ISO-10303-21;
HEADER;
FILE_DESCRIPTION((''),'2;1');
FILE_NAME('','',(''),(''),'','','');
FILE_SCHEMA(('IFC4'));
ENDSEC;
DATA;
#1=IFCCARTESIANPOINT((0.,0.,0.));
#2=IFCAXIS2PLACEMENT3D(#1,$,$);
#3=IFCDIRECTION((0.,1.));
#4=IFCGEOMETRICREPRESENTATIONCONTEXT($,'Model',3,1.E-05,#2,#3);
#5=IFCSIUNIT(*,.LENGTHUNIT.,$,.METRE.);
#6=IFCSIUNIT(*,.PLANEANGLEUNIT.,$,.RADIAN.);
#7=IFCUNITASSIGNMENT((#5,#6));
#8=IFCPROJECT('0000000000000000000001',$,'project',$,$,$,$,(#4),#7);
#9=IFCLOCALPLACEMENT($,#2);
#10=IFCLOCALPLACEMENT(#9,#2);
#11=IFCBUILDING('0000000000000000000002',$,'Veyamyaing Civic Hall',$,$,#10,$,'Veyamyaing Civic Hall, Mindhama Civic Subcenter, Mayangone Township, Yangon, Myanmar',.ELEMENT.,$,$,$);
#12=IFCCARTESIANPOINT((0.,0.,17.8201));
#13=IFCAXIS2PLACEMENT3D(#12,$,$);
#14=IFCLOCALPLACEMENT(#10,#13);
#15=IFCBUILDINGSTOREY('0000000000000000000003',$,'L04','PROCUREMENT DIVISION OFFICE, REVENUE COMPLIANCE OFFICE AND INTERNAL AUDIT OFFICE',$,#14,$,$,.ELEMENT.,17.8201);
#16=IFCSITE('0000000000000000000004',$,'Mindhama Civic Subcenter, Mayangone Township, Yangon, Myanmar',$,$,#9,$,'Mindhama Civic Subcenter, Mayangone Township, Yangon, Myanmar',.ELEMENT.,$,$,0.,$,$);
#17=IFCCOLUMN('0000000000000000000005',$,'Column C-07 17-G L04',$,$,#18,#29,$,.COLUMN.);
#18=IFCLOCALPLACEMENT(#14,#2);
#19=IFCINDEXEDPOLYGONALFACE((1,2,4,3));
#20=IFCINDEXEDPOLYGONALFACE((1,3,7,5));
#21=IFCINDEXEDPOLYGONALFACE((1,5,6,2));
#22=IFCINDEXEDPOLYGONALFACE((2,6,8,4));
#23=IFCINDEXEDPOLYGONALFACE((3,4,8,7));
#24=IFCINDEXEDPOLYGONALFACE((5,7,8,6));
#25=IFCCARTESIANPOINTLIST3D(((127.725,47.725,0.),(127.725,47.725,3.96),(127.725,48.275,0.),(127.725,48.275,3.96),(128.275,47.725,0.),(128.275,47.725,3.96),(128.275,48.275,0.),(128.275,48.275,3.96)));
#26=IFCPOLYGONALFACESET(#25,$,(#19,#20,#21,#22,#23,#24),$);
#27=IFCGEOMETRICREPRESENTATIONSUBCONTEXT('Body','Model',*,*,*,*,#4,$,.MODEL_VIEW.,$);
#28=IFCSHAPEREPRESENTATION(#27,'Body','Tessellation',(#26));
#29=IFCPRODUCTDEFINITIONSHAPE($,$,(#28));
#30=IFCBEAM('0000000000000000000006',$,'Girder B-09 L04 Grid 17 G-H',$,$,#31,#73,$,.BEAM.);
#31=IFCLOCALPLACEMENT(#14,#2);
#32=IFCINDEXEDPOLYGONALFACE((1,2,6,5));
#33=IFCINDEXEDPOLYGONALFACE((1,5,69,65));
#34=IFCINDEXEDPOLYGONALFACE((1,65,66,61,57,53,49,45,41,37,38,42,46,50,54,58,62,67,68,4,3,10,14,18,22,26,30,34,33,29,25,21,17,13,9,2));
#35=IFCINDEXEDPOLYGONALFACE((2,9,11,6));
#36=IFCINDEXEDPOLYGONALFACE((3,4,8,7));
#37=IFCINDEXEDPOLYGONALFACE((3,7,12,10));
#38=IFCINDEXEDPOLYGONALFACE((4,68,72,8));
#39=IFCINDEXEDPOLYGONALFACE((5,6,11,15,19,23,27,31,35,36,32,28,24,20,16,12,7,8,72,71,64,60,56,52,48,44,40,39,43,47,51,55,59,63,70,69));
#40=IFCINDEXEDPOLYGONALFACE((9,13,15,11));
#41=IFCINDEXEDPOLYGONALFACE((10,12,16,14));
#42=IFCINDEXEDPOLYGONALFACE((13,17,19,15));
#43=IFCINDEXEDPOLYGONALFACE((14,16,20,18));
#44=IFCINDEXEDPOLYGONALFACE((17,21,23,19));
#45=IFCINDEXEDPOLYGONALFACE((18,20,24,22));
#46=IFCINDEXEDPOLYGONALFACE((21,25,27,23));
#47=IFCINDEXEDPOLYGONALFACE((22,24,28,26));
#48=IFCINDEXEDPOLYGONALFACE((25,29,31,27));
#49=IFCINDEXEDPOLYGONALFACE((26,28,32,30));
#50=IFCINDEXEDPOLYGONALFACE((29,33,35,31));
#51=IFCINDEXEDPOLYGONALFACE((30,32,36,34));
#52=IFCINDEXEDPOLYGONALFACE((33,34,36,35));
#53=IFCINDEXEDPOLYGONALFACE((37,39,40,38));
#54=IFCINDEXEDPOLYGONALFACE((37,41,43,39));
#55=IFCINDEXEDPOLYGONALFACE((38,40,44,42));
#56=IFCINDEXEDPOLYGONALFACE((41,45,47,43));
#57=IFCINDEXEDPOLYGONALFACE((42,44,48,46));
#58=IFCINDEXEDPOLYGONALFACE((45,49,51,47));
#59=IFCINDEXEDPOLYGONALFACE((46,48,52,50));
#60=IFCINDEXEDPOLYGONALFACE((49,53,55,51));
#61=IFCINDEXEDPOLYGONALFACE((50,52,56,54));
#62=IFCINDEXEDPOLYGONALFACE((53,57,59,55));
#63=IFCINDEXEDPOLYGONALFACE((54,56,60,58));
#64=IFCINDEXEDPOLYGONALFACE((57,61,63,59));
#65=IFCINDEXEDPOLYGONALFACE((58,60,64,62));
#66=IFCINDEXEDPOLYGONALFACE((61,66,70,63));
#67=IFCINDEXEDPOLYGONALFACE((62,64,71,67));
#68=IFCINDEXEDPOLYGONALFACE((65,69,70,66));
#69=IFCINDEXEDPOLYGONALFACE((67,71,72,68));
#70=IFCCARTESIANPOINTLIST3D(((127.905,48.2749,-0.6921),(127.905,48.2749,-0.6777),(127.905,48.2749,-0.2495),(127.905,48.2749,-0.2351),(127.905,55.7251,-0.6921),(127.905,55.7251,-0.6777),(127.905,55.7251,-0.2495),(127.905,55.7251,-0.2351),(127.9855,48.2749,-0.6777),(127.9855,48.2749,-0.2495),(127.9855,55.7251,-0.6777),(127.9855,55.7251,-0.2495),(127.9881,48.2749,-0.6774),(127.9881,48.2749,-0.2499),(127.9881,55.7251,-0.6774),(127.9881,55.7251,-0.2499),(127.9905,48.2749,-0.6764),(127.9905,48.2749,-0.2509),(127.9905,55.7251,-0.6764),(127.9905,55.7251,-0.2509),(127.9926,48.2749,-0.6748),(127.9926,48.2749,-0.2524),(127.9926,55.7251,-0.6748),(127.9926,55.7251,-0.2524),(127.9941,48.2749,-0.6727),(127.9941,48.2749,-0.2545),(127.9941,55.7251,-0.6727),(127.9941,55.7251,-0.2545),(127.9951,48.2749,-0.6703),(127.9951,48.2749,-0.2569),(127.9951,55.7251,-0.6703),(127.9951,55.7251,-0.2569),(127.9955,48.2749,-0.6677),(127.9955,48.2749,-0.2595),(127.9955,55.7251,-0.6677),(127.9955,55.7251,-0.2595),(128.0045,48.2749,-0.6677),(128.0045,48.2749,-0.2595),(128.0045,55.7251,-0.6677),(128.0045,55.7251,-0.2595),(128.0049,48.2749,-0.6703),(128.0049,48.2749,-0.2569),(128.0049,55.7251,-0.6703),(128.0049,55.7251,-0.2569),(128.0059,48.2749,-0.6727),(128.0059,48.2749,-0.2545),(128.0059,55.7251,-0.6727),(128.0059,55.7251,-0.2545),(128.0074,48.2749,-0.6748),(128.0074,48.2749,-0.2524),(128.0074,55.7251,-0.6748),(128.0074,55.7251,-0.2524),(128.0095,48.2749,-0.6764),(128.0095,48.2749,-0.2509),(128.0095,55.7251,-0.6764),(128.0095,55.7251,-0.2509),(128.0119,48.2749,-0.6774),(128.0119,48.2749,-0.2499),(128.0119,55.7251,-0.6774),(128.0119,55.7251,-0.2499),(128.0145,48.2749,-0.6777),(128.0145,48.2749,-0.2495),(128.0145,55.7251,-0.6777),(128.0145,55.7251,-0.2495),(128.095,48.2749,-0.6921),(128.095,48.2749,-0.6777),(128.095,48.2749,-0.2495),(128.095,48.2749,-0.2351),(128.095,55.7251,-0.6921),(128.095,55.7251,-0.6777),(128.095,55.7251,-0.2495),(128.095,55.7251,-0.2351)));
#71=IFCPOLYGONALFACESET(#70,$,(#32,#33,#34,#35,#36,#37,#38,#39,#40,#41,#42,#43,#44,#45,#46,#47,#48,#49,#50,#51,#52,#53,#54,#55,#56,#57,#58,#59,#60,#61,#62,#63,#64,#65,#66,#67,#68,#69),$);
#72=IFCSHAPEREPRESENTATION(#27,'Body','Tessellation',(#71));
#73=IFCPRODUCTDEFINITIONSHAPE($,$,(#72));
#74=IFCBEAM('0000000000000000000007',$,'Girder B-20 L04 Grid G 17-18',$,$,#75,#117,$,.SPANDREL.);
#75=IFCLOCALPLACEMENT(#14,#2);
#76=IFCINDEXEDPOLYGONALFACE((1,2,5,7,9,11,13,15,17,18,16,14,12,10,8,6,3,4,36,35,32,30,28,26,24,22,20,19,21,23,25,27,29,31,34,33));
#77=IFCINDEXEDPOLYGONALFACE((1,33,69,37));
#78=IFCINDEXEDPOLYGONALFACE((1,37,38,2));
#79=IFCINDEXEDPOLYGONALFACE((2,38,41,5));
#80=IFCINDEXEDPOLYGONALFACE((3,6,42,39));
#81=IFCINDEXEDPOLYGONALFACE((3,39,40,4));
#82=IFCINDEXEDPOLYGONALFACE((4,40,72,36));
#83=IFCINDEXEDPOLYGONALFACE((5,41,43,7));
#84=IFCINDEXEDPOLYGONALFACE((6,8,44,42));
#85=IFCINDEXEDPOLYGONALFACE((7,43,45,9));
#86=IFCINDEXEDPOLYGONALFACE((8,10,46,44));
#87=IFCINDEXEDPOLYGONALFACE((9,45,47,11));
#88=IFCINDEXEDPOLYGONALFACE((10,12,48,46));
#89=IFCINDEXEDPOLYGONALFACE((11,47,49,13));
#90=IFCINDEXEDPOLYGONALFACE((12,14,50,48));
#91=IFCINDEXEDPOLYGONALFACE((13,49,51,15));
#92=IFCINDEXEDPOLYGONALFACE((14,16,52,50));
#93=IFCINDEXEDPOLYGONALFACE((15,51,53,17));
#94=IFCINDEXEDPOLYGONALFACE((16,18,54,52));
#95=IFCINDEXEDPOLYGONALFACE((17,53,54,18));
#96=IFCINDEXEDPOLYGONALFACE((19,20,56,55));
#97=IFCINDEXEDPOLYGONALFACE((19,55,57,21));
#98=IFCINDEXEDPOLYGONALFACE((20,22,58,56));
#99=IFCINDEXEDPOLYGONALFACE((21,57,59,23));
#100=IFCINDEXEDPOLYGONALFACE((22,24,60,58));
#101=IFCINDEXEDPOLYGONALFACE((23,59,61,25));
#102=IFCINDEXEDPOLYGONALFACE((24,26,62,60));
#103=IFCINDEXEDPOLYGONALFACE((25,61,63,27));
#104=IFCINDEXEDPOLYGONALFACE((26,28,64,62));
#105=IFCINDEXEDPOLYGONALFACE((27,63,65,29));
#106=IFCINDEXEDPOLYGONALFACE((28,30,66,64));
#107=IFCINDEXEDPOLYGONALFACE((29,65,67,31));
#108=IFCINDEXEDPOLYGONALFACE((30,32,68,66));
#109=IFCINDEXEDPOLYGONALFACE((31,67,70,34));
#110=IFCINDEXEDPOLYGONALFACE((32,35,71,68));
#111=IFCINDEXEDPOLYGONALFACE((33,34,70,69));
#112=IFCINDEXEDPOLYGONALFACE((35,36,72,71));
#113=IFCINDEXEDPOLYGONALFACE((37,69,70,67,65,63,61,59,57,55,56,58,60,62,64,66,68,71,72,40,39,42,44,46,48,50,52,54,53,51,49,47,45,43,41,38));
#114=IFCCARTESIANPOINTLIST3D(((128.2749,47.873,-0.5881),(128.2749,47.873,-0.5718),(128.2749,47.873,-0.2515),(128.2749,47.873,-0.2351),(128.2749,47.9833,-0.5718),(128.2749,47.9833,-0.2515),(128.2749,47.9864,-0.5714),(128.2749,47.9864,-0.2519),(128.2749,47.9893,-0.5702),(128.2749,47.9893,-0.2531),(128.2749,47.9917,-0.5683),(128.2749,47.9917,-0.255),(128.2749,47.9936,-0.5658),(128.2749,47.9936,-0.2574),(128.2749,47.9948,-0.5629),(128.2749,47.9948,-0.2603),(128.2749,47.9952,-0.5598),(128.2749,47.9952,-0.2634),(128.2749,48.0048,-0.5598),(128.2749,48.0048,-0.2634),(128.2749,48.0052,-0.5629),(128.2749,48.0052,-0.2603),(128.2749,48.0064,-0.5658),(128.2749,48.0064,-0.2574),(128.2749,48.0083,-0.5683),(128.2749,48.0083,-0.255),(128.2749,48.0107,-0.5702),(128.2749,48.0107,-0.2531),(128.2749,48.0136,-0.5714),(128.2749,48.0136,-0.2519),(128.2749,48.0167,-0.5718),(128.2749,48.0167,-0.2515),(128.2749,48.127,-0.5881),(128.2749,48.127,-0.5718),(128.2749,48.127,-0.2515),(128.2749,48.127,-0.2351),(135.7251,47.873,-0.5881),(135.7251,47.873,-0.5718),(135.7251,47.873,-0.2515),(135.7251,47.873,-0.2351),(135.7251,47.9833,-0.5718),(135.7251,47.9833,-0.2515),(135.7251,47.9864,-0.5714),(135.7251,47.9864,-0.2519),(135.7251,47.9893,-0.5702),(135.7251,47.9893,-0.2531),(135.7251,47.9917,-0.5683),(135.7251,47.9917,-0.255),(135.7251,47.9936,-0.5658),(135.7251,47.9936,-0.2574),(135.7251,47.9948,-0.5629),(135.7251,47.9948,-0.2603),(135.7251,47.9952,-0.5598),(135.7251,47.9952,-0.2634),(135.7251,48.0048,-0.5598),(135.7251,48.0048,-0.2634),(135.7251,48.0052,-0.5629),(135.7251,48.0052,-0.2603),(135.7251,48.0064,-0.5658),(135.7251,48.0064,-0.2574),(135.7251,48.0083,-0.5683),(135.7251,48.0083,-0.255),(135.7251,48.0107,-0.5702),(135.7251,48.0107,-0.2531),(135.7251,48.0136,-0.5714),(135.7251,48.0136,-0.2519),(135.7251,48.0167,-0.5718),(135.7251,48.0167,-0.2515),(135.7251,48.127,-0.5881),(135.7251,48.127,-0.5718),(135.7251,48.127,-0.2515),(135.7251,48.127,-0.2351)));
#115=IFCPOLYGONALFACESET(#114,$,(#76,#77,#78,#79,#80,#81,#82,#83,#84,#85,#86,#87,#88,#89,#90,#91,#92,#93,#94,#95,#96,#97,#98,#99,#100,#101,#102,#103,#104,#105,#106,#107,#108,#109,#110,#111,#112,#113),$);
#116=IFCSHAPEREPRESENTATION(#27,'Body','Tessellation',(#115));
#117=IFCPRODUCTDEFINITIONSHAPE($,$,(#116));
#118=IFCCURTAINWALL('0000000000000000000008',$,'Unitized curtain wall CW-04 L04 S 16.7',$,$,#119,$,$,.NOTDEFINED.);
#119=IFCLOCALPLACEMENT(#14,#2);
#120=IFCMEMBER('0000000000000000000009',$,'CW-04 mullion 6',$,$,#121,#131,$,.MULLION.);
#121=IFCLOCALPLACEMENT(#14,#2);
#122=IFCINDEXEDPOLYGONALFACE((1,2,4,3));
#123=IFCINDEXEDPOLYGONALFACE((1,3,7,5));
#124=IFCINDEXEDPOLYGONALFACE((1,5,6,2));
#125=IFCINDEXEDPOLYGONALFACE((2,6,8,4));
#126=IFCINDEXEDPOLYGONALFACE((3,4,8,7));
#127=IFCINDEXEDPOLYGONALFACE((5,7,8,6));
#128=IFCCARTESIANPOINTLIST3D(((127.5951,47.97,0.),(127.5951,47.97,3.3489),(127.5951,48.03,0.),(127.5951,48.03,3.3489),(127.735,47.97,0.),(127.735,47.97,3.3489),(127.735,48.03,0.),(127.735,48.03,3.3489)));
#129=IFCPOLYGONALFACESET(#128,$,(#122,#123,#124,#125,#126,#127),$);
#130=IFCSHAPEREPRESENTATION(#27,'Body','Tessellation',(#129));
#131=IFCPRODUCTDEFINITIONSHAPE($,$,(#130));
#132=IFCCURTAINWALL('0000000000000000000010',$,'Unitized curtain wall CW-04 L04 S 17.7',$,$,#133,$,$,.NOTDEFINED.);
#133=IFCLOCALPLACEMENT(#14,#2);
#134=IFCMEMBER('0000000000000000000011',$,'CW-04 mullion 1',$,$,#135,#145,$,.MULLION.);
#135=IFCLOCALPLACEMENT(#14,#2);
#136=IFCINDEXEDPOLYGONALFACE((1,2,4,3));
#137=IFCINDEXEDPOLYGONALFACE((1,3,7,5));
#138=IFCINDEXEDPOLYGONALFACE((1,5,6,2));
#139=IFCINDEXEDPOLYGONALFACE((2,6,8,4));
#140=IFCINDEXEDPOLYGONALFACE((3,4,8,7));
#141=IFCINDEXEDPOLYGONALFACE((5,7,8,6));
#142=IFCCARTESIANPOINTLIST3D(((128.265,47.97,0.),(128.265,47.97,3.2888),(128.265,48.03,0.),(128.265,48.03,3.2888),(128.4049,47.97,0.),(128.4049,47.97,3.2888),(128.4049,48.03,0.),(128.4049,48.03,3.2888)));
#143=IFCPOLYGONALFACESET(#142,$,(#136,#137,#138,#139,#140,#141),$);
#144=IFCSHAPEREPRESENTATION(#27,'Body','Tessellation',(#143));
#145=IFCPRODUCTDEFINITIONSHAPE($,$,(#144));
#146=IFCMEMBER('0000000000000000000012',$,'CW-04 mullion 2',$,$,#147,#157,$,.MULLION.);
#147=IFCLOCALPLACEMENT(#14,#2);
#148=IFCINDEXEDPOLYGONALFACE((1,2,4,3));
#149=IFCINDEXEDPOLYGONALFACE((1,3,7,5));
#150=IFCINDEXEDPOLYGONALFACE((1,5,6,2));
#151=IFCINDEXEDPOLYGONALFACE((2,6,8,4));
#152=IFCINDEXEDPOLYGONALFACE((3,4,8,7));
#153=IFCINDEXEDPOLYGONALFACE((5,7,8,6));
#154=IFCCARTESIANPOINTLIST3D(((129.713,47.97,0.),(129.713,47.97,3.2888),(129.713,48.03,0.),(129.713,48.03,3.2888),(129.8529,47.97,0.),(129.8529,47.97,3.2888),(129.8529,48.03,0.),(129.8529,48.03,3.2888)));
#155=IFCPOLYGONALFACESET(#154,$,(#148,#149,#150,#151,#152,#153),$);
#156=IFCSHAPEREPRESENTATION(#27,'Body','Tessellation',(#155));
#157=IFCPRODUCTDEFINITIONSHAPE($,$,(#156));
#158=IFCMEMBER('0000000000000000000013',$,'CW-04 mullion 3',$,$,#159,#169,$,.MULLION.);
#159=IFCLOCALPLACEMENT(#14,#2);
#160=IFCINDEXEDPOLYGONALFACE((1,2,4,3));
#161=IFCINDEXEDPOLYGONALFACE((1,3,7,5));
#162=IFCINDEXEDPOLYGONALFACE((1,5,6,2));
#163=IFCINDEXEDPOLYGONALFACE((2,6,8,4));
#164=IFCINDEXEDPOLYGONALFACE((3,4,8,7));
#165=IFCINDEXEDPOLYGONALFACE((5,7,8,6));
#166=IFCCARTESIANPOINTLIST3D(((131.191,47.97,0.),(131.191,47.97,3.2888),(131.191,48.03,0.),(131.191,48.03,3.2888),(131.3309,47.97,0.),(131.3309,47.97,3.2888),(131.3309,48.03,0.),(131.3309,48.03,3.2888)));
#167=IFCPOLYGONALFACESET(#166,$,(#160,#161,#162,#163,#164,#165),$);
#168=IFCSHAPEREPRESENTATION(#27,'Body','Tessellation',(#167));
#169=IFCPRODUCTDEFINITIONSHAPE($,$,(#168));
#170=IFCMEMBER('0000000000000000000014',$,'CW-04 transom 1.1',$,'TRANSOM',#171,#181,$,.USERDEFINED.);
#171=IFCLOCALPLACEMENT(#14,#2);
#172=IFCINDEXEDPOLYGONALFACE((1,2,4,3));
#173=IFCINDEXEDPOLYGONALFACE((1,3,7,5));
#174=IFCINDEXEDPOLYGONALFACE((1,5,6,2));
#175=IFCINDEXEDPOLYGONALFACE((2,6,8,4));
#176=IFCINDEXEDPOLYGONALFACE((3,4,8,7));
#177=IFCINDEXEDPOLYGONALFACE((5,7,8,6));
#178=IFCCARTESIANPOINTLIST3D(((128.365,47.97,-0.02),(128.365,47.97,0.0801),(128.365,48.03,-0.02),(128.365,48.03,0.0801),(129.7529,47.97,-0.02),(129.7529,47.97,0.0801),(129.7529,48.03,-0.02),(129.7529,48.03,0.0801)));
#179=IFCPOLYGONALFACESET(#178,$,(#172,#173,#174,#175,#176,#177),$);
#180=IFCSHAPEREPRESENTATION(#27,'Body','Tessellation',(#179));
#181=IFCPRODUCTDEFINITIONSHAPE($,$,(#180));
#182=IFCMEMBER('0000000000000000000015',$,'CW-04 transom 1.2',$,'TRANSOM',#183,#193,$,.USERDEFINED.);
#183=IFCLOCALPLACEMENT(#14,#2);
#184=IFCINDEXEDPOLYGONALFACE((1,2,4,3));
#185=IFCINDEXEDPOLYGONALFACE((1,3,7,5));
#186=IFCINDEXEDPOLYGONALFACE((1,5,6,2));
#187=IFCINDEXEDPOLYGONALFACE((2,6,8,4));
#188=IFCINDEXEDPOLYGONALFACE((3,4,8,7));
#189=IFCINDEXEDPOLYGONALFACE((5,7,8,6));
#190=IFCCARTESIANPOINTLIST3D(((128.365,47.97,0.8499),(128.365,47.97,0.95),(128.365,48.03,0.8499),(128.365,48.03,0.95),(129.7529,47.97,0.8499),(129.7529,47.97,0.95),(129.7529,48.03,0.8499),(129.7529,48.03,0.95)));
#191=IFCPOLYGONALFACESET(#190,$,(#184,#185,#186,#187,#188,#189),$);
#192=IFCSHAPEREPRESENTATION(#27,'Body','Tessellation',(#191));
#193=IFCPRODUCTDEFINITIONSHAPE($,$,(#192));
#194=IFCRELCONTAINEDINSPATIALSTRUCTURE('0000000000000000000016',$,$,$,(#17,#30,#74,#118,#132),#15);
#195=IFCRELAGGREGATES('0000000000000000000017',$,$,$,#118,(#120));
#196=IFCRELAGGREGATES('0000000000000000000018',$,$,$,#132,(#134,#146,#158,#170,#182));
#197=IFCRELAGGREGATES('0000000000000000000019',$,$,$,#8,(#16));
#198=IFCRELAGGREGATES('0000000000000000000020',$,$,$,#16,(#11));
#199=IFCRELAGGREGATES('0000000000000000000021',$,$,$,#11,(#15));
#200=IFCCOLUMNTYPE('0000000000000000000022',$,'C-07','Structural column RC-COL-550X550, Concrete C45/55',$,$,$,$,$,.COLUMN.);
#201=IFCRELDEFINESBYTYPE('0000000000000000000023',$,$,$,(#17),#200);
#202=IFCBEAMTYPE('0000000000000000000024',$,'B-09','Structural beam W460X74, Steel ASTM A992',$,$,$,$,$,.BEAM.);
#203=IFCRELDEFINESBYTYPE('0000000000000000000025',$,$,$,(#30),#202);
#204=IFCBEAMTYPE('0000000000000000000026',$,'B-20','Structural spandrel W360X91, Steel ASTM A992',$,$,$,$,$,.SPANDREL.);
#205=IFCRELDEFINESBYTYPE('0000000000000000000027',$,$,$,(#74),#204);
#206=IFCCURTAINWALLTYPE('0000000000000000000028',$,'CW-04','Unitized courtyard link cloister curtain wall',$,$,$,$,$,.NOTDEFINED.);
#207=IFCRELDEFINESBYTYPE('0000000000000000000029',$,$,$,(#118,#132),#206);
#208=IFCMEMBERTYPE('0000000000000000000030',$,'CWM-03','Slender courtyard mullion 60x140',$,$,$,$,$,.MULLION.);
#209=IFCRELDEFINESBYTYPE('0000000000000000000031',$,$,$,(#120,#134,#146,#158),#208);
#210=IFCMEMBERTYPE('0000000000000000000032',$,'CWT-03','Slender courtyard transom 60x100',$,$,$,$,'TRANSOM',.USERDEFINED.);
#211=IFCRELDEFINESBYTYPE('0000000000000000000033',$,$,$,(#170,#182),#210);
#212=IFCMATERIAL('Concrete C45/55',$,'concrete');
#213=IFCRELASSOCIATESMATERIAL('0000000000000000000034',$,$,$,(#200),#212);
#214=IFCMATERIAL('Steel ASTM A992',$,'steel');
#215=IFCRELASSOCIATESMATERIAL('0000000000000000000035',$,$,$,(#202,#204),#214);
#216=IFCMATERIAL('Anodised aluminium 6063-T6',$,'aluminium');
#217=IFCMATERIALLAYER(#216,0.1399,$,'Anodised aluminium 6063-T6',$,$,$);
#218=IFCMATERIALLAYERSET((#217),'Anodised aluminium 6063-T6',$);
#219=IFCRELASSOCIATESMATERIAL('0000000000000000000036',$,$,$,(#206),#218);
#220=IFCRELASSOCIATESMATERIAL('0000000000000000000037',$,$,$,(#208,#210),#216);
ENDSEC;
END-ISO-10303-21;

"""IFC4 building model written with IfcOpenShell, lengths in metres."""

from ifc_helpers import new_model, si_unit, direction, frame, origin, origin_2d, place, context, subcontext, project, spatial, rectangle, i_section, extrude, material, layer, layer_set, material_profile, profile_set, type_object, element, aggregate, save


model = new_model("IFC4")

# Units and contexts
model_context = context("Model", 3, precision=1e-05, world=origin(), true_north=direction((0.0, 1.0)))
body_context = subcontext(model_context, "Body", "Model", "MODEL_VIEW")
ifc_project = project(units=[si_unit("LENGTHUNIT", "METRE"), si_unit("PLANEANGLEUNIT", "RADIAN")], contexts=[model_context])

# Site, building, storey
site_placement = place(None, origin())
site = spatial("IfcSite", under=ifc_project, at=site_placement, Name="Mindhama Civic Subcenter, Mayangone Township, Yangon, Myanmar", LongName="Mindhama Civic Subcenter, Mayangone Township, Yangon, Myanmar", CompositionType="ELEMENT", RefElevation=0.0)
building_placement = place(site_placement, origin())
building = spatial("IfcBuilding", under=site, at=building_placement, Name="Veyamyaing Civic Hall", LongName="Veyamyaing Civic Hall, Mindhama Civic Subcenter, Mayangone Township, Yangon, Myanmar", CompositionType="ELEMENT")
storey_placement = place(building_placement, frame((0.0, 0.0, 17.8201)))
storey = spatial("IfcBuildingStorey", under=building, at=storey_placement, Name="L04", Description="PROCUREMENT DIVISION OFFICE, REVENUE COMPLIANCE OFFICE AND INTERNAL AUDIT OFFICE", CompositionType="ELEMENT", Elevation=17.8201)

# Column
ifc_material_1 = material(Name="Concrete C45/55", Category="concrete")
ifc_material_profile_1 = material_profile(ifc_material_1, rectangle(XDim=0.55, YDim=0.55, at=origin_2d()), Name="RC-COL-550X550")
ifc_profile_set_1 = profile_set([ifc_material_profile_1], Name="Concrete C45/55")
column_type = type_object("IfcColumnType", Name="C-07", Description="Structural column RC-COL-550X550, Concrete C45/55", PredefinedType="COLUMN", material=ifc_profile_set_1)
column_placement = place(storey_placement, frame((128.0, 48.0, 0.0), z_axis=(0.0, 0.0, 1.0), x_axis=(1.0, 0.0, 0.0)))
element("IfcColumn", 1, at=column_placement, inside=storey, type_object=column_type, Name="Column C-07 17-G L04", PredefinedType="COLUMN", context=body_context, shape_type="SweptSolid", body=[
    extrude(rectangle(XDim=0.55, YDim=0.55, at=origin_2d()), origin(), (0.0, 0.0, 1.0), 3.96),
])

# Beams
ifc_material_2 = material(Name="Steel ASTM A992", Category="steel")
ifc_material_profile_2 = material_profile(ifc_material_2, i_section(OverallWidth=0.1899, OverallDepth=0.457, WebThickness=0.009, FlangeThickness=0.0144, FilletRadius=0.01, at=origin_2d()), Name="W460X74")
ifc_profile_set_2 = profile_set([ifc_material_profile_2], Name="Steel ASTM A992")
beam_type_1 = type_object("IfcBeamType", Name="B-09", Description="Structural beam W460X74, Steel ASTM A992", PredefinedType="BEAM", material=ifc_profile_set_2)
beam_1_placement = place(storey_placement, frame((128.0, 48.2749, -0.4636), z_axis=(0.0, 1.0, 0.0), x_axis=(-1.0, 0.0, 0.0)))
element("IfcBeam", 2, at=beam_1_placement, inside=storey, type_object=beam_type_1, Name="Girder B-09 L04 Grid 17 G-H", PredefinedType="BEAM", context=body_context, shape_type="SweptSolid", body=[
    extrude(i_section(OverallWidth=0.1899, OverallDepth=0.457, WebThickness=0.009, FlangeThickness=0.0144, FilletRadius=0.01, at=origin_2d()), origin(), (0.0, 0.0, 1.0), 7.4502),
])
ifc_material_profile_3 = material_profile(ifc_material_2, i_section(OverallWidth=0.2539, OverallDepth=0.353, WebThickness=0.0095, FlangeThickness=0.0164, FilletRadius=0.012, at=origin_2d()), Name="W360X91")
ifc_profile_set_3 = profile_set([ifc_material_profile_3], Name="Steel ASTM A992")
beam_type_2 = type_object("IfcBeamType", Name="B-20", Description="Structural spandrel W360X91, Steel ASTM A992", PredefinedType="SPANDREL", material=ifc_profile_set_3)
beam_2_placement = place(storey_placement, frame((128.2749, 48.0, -0.4116), z_axis=(1.0, 0.0, 0.0), x_axis=(0.0, 1.0, 0.0)))
element("IfcBeam", 3, at=beam_2_placement, inside=storey, type_object=beam_type_2, Name="Girder B-20 L04 Grid G 17-18", PredefinedType="SPANDREL", context=body_context, shape_type="SweptSolid", body=[
    extrude(i_section(OverallWidth=0.2539, OverallDepth=0.353, WebThickness=0.0095, FlangeThickness=0.0164, FilletRadius=0.012, at=origin_2d()), origin(), (0.0, 0.0, 1.0), 7.4502),
])

# Curtain wall, member
ifc_material_3 = material(Name="Anodised aluminium 6063-T6", Category="aluminium")
ifc_layer_1 = layer(ifc_material_3, 0.1399, Name="Anodised aluminium 6063-T6")
ifc_layer_set_1 = layer_set([ifc_layer_1], Name="Anodised aluminium 6063-T6")
curtain_wall_type = type_object("IfcCurtainWallType", Name="CW-04", Description="Unitized courtyard link cloister curtain wall", PredefinedType="NOTDEFINED", material=ifc_layer_set_1)
curtain_wall_1_placement = place(storey_placement, origin())
curtain_wall_1 = element("IfcCurtainWall", 4, at=curtain_wall_1_placement, inside=storey, type_object=curtain_wall_type, Name="Unitized curtain wall CW-04 L04 S 16.7", PredefinedType="NOTDEFINED")
ifc_material_profile_4 = material_profile(ifc_material_3, rectangle(XDim=0.0601, YDim=0.1399, at=origin_2d()), Name="ALU-MUL-60X140")
ifc_profile_set_4 = profile_set([ifc_material_profile_4], Name="Anodised aluminium 6063-T6")
member_type_1 = type_object("IfcMemberType", Name="CWM-03", Description="Slender courtyard mullion 60x140", PredefinedType="MULLION", material=ifc_profile_set_4)
member_1_placement = place(storey_placement, frame((127.665, 48.0, 0.0), z_axis=(0.0, 0.0, 1.0), x_axis=(0.0, 1.0, 0.0)))
member_1 = element("IfcMember", 5, at=member_1_placement, type_object=member_type_1, Name="CW-04 mullion 6", PredefinedType="MULLION", context=body_context, shape_type="SweptSolid", body=[
    extrude(rectangle(XDim=0.0601, YDim=0.1399, at=origin_2d()), origin(), (0.0, 0.0, 1.0), 3.3489),
])

# Curtain wall, members
curtain_wall_2_placement = place(storey_placement, origin())
curtain_wall_2 = element("IfcCurtainWall", 6, at=curtain_wall_2_placement, inside=storey, type_object=curtain_wall_type, Name="Unitized curtain wall CW-04 L04 S 17.7", PredefinedType="NOTDEFINED")
member_2_placement = place(storey_placement, frame((128.335, 48.0, 0.0), z_axis=(0.0, 0.0, 1.0), x_axis=(0.0, 1.0, 0.0)))
member_2 = element("IfcMember", 7, at=member_2_placement, type_object=member_type_1, Name="CW-04 mullion 1", PredefinedType="MULLION", context=body_context, shape_type="SweptSolid", body=[
    extrude(rectangle(XDim=0.0601, YDim=0.1399, at=origin_2d()), origin(), (0.0, 0.0, 1.0), 3.2888),
])
member_3_placement = place(storey_placement, frame((129.783, 48.0, 0.0), z_axis=(0.0, 0.0, 1.0), x_axis=(0.0, 1.0, 0.0)))
member_3 = element("IfcMember", 8, at=member_3_placement, type_object=member_type_1, Name="CW-04 mullion 2", PredefinedType="MULLION", context=body_context, shape_type="SweptSolid", body=[
    extrude(rectangle(XDim=0.0601, YDim=0.1399, at=origin_2d()), origin(), (0.0, 0.0, 1.0), 3.2888),
])
member_4_placement = place(storey_placement, frame((131.261, 48.0, 0.0), z_axis=(0.0, 0.0, 1.0), x_axis=(0.0, 1.0, 0.0)))
member_4 = element("IfcMember", 9, at=member_4_placement, type_object=member_type_1, Name="CW-04 mullion 3", PredefinedType="MULLION", context=body_context, shape_type="SweptSolid", body=[
    extrude(rectangle(XDim=0.0601, YDim=0.1399, at=origin_2d()), origin(), (0.0, 0.0, 1.0), 3.2888),
])
ifc_material_profile_5 = material_profile(ifc_material_3, rectangle(XDim=0.0601, YDim=0.1001, at=origin_2d()), Name="ALU-TRN-60X100")
ifc_profile_set_5 = profile_set([ifc_material_profile_5], Name="Anodised aluminium 6063-T6")
member_type_2 = type_object("IfcMemberType", Name="CWT-03", Description="Slender courtyard transom 60x100", ElementType="TRANSOM", PredefinedType="USERDEFINED", material=ifc_profile_set_5)
member_5_placement = place(storey_placement, frame((128.365, 48.0, 0.03), z_axis=(1.0, 0.0, 0.0), x_axis=(0.0, 1.0, 0.0)))
member_5 = element("IfcMember", 10, at=member_5_placement, type_object=member_type_2, Name="CW-04 transom 1.1", ObjectType="TRANSOM", PredefinedType="USERDEFINED", context=body_context, shape_type="SweptSolid", body=[
    extrude(rectangle(XDim=0.0601, YDim=0.1001, at=origin_2d()), origin(), (0.0, 0.0, 1.0), 1.3879),
])
member_6_placement = place(storey_placement, frame((128.365, 48.0, 0.8999), z_axis=(1.0, 0.0, 0.0), x_axis=(0.0, 1.0, 0.0)))
member_6 = element("IfcMember", 11, at=member_6_placement, type_object=member_type_2, Name="CW-04 transom 1.2", ObjectType="TRANSOM", PredefinedType="USERDEFINED", context=body_context, shape_type="SweptSolid", body=[
    extrude(rectangle(XDim=0.0601, YDim=0.1001, at=origin_2d()), origin(), (0.0, 0.0, 1.0), 1.3879),
])

aggregate(curtain_wall_1, [member_1])
aggregate(curtain_wall_2, [member_2, member_3, member_4, member_5, member_6])

save(model, "model.ifc")
